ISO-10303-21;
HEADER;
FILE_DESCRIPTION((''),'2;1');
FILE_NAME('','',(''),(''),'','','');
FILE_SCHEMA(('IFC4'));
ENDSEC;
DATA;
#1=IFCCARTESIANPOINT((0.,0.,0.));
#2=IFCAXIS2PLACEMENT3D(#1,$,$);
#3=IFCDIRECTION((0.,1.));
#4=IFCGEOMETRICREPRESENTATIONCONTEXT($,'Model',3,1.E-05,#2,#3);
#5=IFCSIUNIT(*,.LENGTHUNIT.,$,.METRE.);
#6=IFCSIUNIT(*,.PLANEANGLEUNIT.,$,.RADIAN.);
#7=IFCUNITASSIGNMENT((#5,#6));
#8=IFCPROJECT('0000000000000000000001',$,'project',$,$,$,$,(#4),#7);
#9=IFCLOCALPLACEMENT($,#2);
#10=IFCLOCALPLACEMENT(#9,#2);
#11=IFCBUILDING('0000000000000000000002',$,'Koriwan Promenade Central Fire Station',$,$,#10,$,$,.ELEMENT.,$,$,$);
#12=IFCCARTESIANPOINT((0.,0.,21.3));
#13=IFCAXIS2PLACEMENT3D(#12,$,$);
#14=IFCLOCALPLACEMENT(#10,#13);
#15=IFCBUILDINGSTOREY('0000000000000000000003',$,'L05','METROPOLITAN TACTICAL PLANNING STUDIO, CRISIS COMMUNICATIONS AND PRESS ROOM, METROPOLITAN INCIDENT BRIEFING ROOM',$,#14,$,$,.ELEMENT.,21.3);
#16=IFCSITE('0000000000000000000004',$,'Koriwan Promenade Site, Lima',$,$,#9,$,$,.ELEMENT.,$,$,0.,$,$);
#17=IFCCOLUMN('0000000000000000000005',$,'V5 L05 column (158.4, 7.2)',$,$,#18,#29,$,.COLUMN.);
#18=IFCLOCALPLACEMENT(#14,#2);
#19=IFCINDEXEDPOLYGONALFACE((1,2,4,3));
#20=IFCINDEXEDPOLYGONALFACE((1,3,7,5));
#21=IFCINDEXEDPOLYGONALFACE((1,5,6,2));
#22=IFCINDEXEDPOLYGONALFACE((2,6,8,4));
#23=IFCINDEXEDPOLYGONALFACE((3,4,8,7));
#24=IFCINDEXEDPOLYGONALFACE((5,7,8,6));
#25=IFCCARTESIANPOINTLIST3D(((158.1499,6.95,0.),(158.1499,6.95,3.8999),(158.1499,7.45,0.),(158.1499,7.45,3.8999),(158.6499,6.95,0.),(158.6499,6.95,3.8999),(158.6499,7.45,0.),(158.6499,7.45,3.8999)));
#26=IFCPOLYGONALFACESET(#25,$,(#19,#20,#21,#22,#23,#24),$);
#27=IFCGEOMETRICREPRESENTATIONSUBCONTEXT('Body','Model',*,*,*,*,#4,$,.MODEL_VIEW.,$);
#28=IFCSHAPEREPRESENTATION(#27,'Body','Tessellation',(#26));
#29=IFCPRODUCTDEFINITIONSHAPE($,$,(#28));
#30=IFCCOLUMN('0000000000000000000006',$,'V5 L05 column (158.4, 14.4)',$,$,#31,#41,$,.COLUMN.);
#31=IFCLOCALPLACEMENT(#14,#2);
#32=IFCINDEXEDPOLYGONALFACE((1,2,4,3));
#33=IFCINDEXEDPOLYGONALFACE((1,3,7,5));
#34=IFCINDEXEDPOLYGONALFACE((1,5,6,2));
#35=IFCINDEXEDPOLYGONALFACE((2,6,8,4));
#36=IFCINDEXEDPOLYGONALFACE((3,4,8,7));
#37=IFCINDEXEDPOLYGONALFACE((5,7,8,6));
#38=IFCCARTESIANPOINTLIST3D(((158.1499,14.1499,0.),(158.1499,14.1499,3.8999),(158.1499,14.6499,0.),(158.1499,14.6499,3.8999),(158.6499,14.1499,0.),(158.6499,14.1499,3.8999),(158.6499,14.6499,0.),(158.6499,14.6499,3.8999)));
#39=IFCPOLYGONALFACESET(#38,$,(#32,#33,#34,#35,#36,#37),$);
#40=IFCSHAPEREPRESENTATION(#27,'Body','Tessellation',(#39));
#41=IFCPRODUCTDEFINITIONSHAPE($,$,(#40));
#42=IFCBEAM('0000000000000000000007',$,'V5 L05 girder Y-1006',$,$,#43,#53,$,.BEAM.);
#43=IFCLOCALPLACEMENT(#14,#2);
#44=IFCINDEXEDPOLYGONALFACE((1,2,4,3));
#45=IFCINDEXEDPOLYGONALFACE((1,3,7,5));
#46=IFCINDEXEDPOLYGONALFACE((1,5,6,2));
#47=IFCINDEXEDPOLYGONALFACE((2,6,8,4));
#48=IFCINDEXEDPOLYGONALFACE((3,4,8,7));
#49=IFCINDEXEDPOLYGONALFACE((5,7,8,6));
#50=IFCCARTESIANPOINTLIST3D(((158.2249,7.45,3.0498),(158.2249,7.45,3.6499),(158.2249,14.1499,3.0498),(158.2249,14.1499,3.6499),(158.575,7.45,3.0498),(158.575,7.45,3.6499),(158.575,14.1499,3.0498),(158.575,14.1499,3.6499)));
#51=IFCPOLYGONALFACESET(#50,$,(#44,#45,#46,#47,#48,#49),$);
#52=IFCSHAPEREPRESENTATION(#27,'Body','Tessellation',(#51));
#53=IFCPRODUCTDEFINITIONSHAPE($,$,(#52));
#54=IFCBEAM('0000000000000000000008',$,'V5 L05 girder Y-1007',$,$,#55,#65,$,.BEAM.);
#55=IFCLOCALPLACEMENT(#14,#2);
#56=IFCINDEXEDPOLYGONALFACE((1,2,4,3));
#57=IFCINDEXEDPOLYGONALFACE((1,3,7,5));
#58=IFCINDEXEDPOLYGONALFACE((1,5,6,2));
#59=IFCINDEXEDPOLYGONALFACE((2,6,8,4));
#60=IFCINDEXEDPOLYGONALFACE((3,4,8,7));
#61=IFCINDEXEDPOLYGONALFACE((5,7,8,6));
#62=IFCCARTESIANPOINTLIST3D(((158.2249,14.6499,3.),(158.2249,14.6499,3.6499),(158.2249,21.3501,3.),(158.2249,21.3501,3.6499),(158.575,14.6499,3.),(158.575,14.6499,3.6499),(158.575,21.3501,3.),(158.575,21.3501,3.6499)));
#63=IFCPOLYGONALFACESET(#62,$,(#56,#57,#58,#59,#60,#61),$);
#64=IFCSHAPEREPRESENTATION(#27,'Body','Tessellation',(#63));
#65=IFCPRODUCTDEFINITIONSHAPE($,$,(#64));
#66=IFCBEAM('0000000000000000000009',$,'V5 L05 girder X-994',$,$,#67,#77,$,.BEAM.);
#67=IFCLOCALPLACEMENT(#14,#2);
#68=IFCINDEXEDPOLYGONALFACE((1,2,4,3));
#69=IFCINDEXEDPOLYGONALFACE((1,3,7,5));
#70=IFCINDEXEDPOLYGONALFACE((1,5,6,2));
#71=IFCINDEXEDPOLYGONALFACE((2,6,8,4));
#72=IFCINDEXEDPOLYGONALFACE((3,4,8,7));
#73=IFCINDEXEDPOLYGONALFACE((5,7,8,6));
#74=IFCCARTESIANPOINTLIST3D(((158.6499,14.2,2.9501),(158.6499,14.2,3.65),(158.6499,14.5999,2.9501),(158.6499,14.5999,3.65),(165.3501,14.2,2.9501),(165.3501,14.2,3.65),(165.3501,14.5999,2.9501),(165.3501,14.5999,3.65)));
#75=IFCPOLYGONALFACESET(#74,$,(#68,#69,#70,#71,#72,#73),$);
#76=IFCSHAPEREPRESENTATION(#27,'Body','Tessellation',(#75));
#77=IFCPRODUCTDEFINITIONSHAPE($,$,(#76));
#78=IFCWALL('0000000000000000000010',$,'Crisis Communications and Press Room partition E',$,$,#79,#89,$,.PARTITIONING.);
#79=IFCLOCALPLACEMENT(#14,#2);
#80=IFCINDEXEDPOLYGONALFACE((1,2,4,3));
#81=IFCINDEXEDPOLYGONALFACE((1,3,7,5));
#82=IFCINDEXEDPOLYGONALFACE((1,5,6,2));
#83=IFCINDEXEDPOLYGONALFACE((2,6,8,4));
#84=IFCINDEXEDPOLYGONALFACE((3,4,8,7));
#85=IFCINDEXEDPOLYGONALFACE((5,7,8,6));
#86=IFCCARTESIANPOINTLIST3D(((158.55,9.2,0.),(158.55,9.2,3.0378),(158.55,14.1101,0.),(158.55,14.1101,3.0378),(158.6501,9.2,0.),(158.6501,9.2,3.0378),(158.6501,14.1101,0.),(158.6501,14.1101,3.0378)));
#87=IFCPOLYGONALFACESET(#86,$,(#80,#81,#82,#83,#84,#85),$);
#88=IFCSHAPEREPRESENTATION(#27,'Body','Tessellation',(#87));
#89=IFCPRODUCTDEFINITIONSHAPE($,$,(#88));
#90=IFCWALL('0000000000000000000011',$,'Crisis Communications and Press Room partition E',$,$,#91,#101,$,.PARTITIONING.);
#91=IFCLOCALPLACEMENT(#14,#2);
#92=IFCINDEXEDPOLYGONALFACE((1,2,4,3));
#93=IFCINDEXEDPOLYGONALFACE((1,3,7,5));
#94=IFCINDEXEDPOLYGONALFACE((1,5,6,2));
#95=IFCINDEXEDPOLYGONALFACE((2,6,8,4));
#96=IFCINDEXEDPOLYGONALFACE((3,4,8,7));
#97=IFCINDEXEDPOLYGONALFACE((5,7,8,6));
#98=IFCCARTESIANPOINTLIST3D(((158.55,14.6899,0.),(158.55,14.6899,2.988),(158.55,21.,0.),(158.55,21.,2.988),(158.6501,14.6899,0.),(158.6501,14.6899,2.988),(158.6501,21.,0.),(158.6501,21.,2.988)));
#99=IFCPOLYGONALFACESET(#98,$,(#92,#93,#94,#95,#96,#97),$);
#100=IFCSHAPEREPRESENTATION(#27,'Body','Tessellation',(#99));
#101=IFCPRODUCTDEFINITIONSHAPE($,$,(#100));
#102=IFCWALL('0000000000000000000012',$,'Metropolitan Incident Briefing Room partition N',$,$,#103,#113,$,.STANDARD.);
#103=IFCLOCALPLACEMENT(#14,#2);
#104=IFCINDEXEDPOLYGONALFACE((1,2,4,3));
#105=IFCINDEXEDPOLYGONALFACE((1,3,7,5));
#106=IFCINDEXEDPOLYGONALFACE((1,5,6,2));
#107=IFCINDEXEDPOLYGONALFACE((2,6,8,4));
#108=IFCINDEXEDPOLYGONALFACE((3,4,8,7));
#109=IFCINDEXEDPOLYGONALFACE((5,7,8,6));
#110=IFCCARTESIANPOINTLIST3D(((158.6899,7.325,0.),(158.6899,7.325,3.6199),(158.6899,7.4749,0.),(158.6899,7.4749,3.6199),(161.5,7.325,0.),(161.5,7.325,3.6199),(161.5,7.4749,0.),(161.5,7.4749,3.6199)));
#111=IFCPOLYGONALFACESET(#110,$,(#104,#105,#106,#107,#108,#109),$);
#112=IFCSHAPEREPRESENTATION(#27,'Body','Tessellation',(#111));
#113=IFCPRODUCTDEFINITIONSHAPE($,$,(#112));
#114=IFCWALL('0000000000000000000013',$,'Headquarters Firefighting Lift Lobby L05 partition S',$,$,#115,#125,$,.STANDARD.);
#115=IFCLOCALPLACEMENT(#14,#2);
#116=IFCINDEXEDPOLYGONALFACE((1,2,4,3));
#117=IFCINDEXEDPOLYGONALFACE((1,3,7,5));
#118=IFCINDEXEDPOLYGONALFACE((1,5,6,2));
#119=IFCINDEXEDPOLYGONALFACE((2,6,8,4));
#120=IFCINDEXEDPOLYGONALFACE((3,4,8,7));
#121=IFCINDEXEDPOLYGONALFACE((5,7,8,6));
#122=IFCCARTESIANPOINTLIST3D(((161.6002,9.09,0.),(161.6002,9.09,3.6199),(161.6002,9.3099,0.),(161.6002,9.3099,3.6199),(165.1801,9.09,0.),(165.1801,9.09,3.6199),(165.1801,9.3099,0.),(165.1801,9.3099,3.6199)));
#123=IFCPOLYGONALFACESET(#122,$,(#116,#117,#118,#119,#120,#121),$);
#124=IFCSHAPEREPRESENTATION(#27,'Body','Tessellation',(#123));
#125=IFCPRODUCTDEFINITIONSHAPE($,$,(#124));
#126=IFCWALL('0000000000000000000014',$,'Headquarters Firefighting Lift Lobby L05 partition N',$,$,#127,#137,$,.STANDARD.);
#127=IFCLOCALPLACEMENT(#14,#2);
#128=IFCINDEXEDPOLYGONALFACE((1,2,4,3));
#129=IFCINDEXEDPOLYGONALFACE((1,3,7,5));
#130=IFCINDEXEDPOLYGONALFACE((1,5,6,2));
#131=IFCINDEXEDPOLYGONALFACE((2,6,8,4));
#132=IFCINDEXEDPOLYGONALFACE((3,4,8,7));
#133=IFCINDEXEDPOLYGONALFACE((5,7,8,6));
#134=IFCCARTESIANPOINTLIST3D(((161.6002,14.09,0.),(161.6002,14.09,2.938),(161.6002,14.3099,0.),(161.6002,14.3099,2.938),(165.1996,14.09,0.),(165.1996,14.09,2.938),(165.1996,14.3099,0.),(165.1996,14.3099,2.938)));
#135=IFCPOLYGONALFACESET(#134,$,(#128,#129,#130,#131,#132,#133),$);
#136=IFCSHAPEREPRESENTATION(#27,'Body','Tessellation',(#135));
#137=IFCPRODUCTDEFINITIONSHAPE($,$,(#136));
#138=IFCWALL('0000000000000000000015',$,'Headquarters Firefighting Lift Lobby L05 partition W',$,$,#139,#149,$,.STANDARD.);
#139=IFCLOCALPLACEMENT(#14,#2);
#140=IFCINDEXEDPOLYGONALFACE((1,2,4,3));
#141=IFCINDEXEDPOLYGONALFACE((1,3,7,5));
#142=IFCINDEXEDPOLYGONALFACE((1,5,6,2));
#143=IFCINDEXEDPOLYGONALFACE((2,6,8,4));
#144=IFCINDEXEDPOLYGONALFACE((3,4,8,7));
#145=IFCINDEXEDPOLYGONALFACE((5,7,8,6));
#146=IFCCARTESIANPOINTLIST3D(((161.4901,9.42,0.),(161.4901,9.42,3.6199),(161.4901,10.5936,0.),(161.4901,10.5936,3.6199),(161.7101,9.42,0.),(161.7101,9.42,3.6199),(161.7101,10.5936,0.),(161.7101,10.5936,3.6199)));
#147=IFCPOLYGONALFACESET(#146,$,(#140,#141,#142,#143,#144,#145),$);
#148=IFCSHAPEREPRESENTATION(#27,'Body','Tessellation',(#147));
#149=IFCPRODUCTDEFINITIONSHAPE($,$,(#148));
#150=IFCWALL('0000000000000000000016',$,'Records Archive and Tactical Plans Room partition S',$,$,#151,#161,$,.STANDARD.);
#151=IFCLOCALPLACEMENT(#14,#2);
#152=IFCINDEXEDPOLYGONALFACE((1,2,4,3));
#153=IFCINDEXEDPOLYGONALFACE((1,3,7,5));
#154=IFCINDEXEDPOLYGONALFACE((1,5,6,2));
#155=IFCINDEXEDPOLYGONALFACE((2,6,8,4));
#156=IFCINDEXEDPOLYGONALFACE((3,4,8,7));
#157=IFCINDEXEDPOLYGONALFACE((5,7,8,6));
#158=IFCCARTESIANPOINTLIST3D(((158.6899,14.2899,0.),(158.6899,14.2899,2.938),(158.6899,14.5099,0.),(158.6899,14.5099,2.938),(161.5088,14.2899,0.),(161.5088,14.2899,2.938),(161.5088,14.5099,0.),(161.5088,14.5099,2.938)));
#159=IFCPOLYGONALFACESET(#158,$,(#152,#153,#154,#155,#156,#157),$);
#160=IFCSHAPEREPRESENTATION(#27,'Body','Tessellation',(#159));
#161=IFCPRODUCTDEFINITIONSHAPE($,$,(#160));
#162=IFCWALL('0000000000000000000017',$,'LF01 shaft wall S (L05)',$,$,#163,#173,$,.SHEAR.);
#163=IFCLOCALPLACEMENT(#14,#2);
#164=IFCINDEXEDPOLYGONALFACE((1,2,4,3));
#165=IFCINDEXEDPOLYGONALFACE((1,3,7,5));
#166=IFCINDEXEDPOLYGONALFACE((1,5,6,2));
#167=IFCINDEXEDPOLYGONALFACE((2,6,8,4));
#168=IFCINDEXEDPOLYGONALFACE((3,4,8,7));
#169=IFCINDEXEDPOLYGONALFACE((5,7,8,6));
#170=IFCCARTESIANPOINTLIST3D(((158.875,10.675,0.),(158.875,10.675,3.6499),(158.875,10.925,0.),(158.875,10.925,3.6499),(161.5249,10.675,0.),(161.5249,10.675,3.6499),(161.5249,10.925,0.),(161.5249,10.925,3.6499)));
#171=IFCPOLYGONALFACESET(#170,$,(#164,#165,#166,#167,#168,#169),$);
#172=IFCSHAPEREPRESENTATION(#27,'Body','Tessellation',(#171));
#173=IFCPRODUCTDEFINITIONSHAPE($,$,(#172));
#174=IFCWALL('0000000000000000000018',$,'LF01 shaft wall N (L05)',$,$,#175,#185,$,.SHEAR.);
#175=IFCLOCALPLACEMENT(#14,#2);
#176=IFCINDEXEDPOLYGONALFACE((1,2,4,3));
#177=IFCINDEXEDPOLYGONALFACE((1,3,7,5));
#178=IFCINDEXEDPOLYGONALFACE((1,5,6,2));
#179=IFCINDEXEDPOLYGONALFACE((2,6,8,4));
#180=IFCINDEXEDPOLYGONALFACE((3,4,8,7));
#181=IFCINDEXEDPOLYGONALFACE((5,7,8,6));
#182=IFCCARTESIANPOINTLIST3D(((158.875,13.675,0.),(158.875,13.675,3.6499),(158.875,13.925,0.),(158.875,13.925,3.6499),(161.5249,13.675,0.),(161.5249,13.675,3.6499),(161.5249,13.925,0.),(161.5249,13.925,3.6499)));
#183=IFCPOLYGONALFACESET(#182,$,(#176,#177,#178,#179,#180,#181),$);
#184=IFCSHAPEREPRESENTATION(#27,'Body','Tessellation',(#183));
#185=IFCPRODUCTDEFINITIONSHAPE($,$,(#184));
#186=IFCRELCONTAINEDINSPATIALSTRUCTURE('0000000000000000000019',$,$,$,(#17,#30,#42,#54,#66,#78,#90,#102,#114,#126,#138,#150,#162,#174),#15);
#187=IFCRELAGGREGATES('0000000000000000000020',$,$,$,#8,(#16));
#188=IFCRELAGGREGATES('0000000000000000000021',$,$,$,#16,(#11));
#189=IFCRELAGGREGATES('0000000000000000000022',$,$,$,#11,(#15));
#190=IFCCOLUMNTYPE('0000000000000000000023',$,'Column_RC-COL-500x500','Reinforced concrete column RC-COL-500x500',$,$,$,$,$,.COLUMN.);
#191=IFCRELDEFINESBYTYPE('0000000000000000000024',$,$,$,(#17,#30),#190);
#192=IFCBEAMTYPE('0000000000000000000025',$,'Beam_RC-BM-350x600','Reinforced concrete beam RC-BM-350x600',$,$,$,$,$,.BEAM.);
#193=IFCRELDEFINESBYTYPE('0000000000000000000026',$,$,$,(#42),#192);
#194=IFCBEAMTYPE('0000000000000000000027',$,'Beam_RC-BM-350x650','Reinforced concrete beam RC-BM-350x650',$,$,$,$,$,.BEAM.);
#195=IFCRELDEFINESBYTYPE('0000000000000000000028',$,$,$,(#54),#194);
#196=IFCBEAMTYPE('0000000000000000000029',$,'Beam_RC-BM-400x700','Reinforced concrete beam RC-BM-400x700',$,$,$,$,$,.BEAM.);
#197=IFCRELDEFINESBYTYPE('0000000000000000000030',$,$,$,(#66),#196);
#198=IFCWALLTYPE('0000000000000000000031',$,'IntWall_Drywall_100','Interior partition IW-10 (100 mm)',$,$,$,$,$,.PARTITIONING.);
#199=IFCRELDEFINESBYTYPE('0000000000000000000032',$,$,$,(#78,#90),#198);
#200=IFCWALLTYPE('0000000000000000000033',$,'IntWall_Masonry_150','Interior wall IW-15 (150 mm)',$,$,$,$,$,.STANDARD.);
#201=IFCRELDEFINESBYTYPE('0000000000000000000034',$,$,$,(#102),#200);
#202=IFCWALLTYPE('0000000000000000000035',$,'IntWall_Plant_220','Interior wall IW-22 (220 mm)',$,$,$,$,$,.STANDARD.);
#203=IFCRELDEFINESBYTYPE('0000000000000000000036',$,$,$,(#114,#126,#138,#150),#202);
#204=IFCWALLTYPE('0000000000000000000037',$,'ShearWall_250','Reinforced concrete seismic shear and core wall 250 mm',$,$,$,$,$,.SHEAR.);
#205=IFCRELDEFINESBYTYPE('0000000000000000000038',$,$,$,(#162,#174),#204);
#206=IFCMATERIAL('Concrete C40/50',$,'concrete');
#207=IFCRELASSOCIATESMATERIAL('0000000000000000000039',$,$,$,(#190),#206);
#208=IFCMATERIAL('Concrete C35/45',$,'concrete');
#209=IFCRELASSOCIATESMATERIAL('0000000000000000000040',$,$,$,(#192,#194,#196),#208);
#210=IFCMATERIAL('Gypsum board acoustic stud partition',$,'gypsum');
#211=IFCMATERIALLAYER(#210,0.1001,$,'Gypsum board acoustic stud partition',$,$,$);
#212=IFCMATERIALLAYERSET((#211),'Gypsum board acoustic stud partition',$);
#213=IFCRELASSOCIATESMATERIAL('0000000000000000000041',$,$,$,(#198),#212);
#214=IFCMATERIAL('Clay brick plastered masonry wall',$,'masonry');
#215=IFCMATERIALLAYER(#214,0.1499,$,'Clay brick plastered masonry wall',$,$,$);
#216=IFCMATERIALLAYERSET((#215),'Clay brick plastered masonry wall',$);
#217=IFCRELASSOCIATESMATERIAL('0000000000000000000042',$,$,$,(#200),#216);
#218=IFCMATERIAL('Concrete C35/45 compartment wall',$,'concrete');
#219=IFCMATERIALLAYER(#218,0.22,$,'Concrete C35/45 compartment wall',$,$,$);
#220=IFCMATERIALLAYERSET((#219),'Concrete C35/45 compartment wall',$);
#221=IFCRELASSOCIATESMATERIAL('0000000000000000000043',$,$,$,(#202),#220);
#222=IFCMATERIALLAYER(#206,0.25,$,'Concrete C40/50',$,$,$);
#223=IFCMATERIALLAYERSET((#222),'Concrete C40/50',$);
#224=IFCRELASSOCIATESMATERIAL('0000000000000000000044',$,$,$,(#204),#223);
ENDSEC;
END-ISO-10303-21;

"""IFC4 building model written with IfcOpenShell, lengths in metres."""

from ifc_helpers import new_model, si_unit, direction, frame, frame_2d, origin, origin_2d, place, context, subcontext, project, spatial, rectangle, extrude, material, layer, layer_set, material_profile, profile_set, type_object, element, save


model = new_model("IFC4")

# Units and contexts
model_context = context("Model", 3, precision=1e-05, world=origin(), true_north=direction((0.0, 1.0)))
body_context = subcontext(model_context, "Body", "Model", "MODEL_VIEW")
ifc_project = project(units=[si_unit("LENGTHUNIT", "METRE"), si_unit("PLANEANGLEUNIT", "RADIAN")], contexts=[model_context])

# Site, building, storey
site_placement = place(None, origin())
site = spatial("IfcSite", under=ifc_project, at=site_placement, Name="Koriwan Promenade Site, Lima", CompositionType="ELEMENT", RefElevation=0.0)
building_placement = place(site_placement, origin())
building = spatial("IfcBuilding", under=site, at=building_placement, Name="Koriwan Promenade Central Fire Station", CompositionType="ELEMENT")
storey_placement = place(building_placement, frame((0.0, 0.0, 21.3)))
storey = spatial("IfcBuildingStorey", under=building, at=storey_placement, Name="L05", Description="METROPOLITAN TACTICAL PLANNING STUDIO, CRISIS COMMUNICATIONS AND PRESS ROOM, METROPOLITAN INCIDENT BRIEFING ROOM", CompositionType="ELEMENT", Elevation=21.3)

# Columns
ifc_material_1 = material(Name="Concrete C40/50", Category="concrete")
ifc_material_profile_1 = material_profile(ifc_material_1, rectangle(XDim=0.5, YDim=0.5, at=origin_2d()), Name="RC-COL-500x500")
ifc_profile_set_1 = profile_set([ifc_material_profile_1], Name="Concrete C40/50")
column_type = type_object("IfcColumnType", Name="Column_RC-COL-500x500", Description="Reinforced concrete column RC-COL-500x500", PredefinedType="COLUMN", material=ifc_profile_set_1)
for number, where, z_axis, x_axis, name in (
    (1, (158.3999, 7.2, 0.0), (0.0, 0.0, 1.0), (1.0, 0.0, 0.0), "V5 L05 column (158.4, 7.2)"),
    (2, (158.3999, 14.3999, 0.0), (0.0, 0.0, 1.0), (1.0, 0.0, 0.0), "V5 L05 column (158.4, 14.4)"),
):
    element("IfcColumn", number, at=place(storey_placement, frame(where, z_axis=z_axis, x_axis=x_axis)), inside=storey, type_object=column_type, Name=name, PredefinedType="COLUMN", context=body_context, shape_type="SweptSolid", body=[
        extrude(rectangle(XDim=0.5, YDim=0.5, at=origin_2d()), origin(), (0.0, 0.0, 1.0), 3.8999),
    ])

# Beams
ifc_material_2 = material(Name="Concrete C35/45", Category="concrete")
ifc_material_profile_2 = material_profile(ifc_material_2, rectangle(XDim=0.3501, YDim=0.6001, at=origin_2d()), Name="RC-BM-350x600")
ifc_profile_set_2 = profile_set([ifc_material_profile_2], Name="Concrete C35/45")
beam_type_1 = type_object("IfcBeamType", Name="Beam_RC-BM-350x600", Description="Reinforced concrete beam RC-BM-350x600", PredefinedType="BEAM", material=ifc_profile_set_2)
beam_1_placement = place(storey_placement, frame((158.3999, 7.45, 3.3499), z_axis=(0.0, 1.0, 0.0), x_axis=(-1.0, 0.0, 0.0)))
element("IfcBeam", 3, at=beam_1_placement, inside=storey, type_object=beam_type_1, Name="V5 L05 girder Y-1006", PredefinedType="BEAM", context=body_context, shape_type="SweptSolid", body=[
    extrude(rectangle(XDim=0.3501, YDim=0.6001, at=origin_2d()), origin(), (0.0, 0.0, 1.0), 6.7),
])
ifc_material_profile_3 = material_profile(ifc_material_2, rectangle(XDim=0.3501, YDim=0.6499, at=origin_2d()), Name="RC-BM-350x650")
ifc_profile_set_3 = profile_set([ifc_material_profile_3], Name="Concrete C35/45")
beam_type_2 = type_object("IfcBeamType", Name="Beam_RC-BM-350x650", Description="Reinforced concrete beam RC-BM-350x650", PredefinedType="BEAM", material=ifc_profile_set_3)
beam_2_placement = place(storey_placement, frame((158.3999, 14.6499, 3.325), z_axis=(0.0, 1.0, 0.0), x_axis=(-1.0, 0.0, 0.0)))
element("IfcBeam", 4, at=beam_2_placement, inside=storey, type_object=beam_type_2, Name="V5 L05 girder Y-1007", PredefinedType="BEAM", context=body_context, shape_type="SweptSolid", body=[
    extrude(rectangle(XDim=0.3501, YDim=0.6499, at=origin_2d()), origin(), (0.0, 0.0, 1.0), 6.7002),
])
ifc_material_profile_4 = material_profile(ifc_material_2, rectangle(XDim=0.3999, YDim=0.7, at=origin_2d()), Name="RC-BM-400x700")
ifc_profile_set_4 = profile_set([ifc_material_profile_4], Name="Concrete C35/45")
beam_type_3 = type_object("IfcBeamType", Name="Beam_RC-BM-400x700", Description="Reinforced concrete beam RC-BM-400x700", PredefinedType="BEAM", material=ifc_profile_set_4)
beam_3_placement = place(storey_placement, frame((158.6499, 14.3999, 3.3), z_axis=(1.0, 0.0, 0.0), x_axis=(0.0, 1.0, 0.0)))
element("IfcBeam", 5, at=beam_3_placement, inside=storey, type_object=beam_type_3, Name="V5 L05 girder X-994", PredefinedType="BEAM", context=body_context, shape_type="SweptSolid", body=[
    extrude(rectangle(XDim=0.3999, YDim=0.7, at=origin_2d()), origin(), (0.0, 0.0, 1.0), 6.7002),
])

# Walls
ifc_material_3 = material(Name="Gypsum board acoustic stud partition", Category="gypsum")
ifc_layer_1 = layer(ifc_material_3, 0.1001, Name="Gypsum board acoustic stud partition")
ifc_layer_set_1 = layer_set([ifc_layer_1], Name="Gypsum board acoustic stud partition")
wall_type_1 = type_object("IfcWallType", Name="IntWall_Drywall_100", Description="Interior partition IW-10 (100 mm)", PredefinedType="PARTITIONING", material=ifc_layer_set_1)
wall_1_placement = place(storey_placement, frame((158.6001, 9.2, 0.0), z_axis=(0.0, 0.0, 1.0), x_axis=(0.0, 1.0, 0.0)))
element("IfcWall", 6, at=wall_1_placement, inside=storey, type_object=wall_type_1, Name="Crisis Communications and Press Room partition E", PredefinedType="PARTITIONING", context=body_context, shape_type="SweptSolid", body=[
    extrude(rectangle(XDim=4.9102, YDim=0.1001, at=frame_2d((2.4551, 0.0))), origin(), (0.0, 0.0, 1.0), 3.0378),
])
wall_2_placement = place(storey_placement, frame((158.6001, 14.6899, 0.0), z_axis=(0.0, 0.0, 1.0), x_axis=(0.0, 1.0, 0.0)))
element("IfcWall", 7, at=wall_2_placement, inside=storey, type_object=wall_type_1, Name="Crisis Communications and Press Room partition E", PredefinedType="PARTITIONING", context=body_context, shape_type="SweptSolid", body=[
    extrude(rectangle(XDim=6.3101, YDim=0.1001, at=frame_2d((3.155, 0.0))), origin(), (0.0, 0.0, 1.0), 2.988),
])
ifc_material_4 = material(Name="Clay brick plastered masonry wall", Category="masonry")
ifc_layer_2 = layer(ifc_material_4, 0.1499, Name="Clay brick plastered masonry wall")
ifc_layer_set_2 = layer_set([ifc_layer_2], Name="Clay brick plastered masonry wall")
wall_type_2 = type_object("IfcWallType", Name="IntWall_Masonry_150", Description="Interior wall IW-15 (150 mm)", PredefinedType="STANDARD", material=ifc_layer_set_2)
wall_3_placement = place(storey_placement, frame((158.6899, 7.3999, 0.0), z_axis=(0.0, 0.0, 1.0), x_axis=(1.0, 0.0, 0.0)))
element("IfcWall", 8, at=wall_3_placement, inside=storey, type_object=wall_type_2, Name="Metropolitan Incident Briefing Room partition N", PredefinedType="STANDARD", context=body_context, shape_type="SweptSolid", body=[
    extrude(rectangle(XDim=2.8101, YDim=0.1499, at=frame_2d((1.405, 0.0))), origin(), (0.0, 0.0, 1.0), 3.6199),
])
ifc_material_5 = material(Name="Concrete C35/45 compartment wall", Category="concrete")
ifc_layer_3 = layer(ifc_material_5, 0.22, Name="Concrete C35/45 compartment wall")
ifc_layer_set_3 = layer_set([ifc_layer_3], Name="Concrete C35/45 compartment wall")
wall_type_3 = type_object("IfcWallType", Name="IntWall_Plant_220", Description="Interior wall IW-22 (220 mm)", PredefinedType="STANDARD", material=ifc_layer_set_3)
wall_4_placement = place(storey_placement, frame((161.6001, 9.2, 0.0), z_axis=(0.0, 0.0, 1.0), x_axis=(1.0, 0.0, 0.0)))
element("IfcWall", 9, at=wall_4_placement, inside=storey, type_object=wall_type_3, Name="Headquarters Firefighting Lift Lobby L05 partition S", PredefinedType="STANDARD", context=body_context, shape_type="SweptSolid", body=[
    extrude(rectangle(XDim=3.5798, YDim=0.22, at=frame_2d((1.79, 0.0))), origin(), (0.0, 0.0, 1.0), 3.6199),
])
wall_5_placement = place(storey_placement, frame((161.6001, 14.2, 0.0), z_axis=(0.0, 0.0, 1.0), x_axis=(1.0, 0.0, 0.0)))
element("IfcWall", 10, at=wall_5_placement, inside=storey, type_object=wall_type_3, Name="Headquarters Firefighting Lift Lobby L05 partition N", PredefinedType="STANDARD", context=body_context, shape_type="SweptSolid", body=[
    extrude(rectangle(XDim=3.5994, YDim=0.22, at=frame_2d((1.7998, 0.0))), origin(), (0.0, 0.0, 1.0), 2.938),
])
wall_6_placement = place(storey_placement, frame((161.6001, 9.4199, 0.0), z_axis=(0.0, 0.0, 1.0), x_axis=(0.0, 1.0, 0.0)))
element("IfcWall", 11, at=wall_6_placement, inside=storey, type_object=wall_type_3, Name="Headquarters Firefighting Lift Lobby L05 partition W", PredefinedType="STANDARD", context=body_context, shape_type="SweptSolid", body=[
    extrude(rectangle(XDim=1.1736, YDim=0.22, at=frame_2d((0.5869, 0.0))), origin(), (0.0, 0.0, 1.0), 3.6199),
])
wall_7_placement = place(storey_placement, frame((158.6899, 14.3999, 0.0), z_axis=(0.0, 0.0, 1.0), x_axis=(1.0, 0.0, 0.0)))
element("IfcWall", 12, at=wall_7_placement, inside=storey, type_object=wall_type_3, Name="Records Archive and Tactical Plans Room partition S", PredefinedType="STANDARD", context=body_context, shape_type="SweptSolid", body=[
    extrude(rectangle(XDim=2.8188, YDim=0.22, at=frame_2d((1.4094, 0.0))), origin(), (0.0, 0.0, 1.0), 2.938),
])

# Walls
ifc_layer_4 = layer(ifc_material_1, 0.25, Name="Concrete C40/50")
ifc_layer_set_4 = layer_set([ifc_layer_4], Name="Concrete C40/50")
wall_type_4 = type_object("IfcWallType", Name="ShearWall_250", Description="Reinforced concrete seismic shear and core wall 250 mm", PredefinedType="SHEAR", material=ifc_layer_set_4)
for number, where, z_axis, x_axis, name in (
    (13, (158.875, 10.8, 0.0), (0.0, 0.0, 1.0), (1.0, 0.0, 0.0), "LF01 shaft wall S (L05)"),
    (14, (158.875, 13.8, 0.0), (0.0, 0.0, 1.0), (1.0, 0.0, 0.0), "LF01 shaft wall N (L05)"),
):
    element("IfcWall", number, at=place(storey_placement, frame(where, z_axis=z_axis, x_axis=x_axis)), inside=storey, type_object=wall_type_4, Name=name, PredefinedType="SHEAR", context=body_context, shape_type="SweptSolid", body=[
        extrude(rectangle(XDim=2.6499, YDim=0.25, at=frame_2d((1.325, 0.0))), origin(), (0.0, 0.0, 1.0), 3.6499),
    ])

save(model, "model.ifc")
